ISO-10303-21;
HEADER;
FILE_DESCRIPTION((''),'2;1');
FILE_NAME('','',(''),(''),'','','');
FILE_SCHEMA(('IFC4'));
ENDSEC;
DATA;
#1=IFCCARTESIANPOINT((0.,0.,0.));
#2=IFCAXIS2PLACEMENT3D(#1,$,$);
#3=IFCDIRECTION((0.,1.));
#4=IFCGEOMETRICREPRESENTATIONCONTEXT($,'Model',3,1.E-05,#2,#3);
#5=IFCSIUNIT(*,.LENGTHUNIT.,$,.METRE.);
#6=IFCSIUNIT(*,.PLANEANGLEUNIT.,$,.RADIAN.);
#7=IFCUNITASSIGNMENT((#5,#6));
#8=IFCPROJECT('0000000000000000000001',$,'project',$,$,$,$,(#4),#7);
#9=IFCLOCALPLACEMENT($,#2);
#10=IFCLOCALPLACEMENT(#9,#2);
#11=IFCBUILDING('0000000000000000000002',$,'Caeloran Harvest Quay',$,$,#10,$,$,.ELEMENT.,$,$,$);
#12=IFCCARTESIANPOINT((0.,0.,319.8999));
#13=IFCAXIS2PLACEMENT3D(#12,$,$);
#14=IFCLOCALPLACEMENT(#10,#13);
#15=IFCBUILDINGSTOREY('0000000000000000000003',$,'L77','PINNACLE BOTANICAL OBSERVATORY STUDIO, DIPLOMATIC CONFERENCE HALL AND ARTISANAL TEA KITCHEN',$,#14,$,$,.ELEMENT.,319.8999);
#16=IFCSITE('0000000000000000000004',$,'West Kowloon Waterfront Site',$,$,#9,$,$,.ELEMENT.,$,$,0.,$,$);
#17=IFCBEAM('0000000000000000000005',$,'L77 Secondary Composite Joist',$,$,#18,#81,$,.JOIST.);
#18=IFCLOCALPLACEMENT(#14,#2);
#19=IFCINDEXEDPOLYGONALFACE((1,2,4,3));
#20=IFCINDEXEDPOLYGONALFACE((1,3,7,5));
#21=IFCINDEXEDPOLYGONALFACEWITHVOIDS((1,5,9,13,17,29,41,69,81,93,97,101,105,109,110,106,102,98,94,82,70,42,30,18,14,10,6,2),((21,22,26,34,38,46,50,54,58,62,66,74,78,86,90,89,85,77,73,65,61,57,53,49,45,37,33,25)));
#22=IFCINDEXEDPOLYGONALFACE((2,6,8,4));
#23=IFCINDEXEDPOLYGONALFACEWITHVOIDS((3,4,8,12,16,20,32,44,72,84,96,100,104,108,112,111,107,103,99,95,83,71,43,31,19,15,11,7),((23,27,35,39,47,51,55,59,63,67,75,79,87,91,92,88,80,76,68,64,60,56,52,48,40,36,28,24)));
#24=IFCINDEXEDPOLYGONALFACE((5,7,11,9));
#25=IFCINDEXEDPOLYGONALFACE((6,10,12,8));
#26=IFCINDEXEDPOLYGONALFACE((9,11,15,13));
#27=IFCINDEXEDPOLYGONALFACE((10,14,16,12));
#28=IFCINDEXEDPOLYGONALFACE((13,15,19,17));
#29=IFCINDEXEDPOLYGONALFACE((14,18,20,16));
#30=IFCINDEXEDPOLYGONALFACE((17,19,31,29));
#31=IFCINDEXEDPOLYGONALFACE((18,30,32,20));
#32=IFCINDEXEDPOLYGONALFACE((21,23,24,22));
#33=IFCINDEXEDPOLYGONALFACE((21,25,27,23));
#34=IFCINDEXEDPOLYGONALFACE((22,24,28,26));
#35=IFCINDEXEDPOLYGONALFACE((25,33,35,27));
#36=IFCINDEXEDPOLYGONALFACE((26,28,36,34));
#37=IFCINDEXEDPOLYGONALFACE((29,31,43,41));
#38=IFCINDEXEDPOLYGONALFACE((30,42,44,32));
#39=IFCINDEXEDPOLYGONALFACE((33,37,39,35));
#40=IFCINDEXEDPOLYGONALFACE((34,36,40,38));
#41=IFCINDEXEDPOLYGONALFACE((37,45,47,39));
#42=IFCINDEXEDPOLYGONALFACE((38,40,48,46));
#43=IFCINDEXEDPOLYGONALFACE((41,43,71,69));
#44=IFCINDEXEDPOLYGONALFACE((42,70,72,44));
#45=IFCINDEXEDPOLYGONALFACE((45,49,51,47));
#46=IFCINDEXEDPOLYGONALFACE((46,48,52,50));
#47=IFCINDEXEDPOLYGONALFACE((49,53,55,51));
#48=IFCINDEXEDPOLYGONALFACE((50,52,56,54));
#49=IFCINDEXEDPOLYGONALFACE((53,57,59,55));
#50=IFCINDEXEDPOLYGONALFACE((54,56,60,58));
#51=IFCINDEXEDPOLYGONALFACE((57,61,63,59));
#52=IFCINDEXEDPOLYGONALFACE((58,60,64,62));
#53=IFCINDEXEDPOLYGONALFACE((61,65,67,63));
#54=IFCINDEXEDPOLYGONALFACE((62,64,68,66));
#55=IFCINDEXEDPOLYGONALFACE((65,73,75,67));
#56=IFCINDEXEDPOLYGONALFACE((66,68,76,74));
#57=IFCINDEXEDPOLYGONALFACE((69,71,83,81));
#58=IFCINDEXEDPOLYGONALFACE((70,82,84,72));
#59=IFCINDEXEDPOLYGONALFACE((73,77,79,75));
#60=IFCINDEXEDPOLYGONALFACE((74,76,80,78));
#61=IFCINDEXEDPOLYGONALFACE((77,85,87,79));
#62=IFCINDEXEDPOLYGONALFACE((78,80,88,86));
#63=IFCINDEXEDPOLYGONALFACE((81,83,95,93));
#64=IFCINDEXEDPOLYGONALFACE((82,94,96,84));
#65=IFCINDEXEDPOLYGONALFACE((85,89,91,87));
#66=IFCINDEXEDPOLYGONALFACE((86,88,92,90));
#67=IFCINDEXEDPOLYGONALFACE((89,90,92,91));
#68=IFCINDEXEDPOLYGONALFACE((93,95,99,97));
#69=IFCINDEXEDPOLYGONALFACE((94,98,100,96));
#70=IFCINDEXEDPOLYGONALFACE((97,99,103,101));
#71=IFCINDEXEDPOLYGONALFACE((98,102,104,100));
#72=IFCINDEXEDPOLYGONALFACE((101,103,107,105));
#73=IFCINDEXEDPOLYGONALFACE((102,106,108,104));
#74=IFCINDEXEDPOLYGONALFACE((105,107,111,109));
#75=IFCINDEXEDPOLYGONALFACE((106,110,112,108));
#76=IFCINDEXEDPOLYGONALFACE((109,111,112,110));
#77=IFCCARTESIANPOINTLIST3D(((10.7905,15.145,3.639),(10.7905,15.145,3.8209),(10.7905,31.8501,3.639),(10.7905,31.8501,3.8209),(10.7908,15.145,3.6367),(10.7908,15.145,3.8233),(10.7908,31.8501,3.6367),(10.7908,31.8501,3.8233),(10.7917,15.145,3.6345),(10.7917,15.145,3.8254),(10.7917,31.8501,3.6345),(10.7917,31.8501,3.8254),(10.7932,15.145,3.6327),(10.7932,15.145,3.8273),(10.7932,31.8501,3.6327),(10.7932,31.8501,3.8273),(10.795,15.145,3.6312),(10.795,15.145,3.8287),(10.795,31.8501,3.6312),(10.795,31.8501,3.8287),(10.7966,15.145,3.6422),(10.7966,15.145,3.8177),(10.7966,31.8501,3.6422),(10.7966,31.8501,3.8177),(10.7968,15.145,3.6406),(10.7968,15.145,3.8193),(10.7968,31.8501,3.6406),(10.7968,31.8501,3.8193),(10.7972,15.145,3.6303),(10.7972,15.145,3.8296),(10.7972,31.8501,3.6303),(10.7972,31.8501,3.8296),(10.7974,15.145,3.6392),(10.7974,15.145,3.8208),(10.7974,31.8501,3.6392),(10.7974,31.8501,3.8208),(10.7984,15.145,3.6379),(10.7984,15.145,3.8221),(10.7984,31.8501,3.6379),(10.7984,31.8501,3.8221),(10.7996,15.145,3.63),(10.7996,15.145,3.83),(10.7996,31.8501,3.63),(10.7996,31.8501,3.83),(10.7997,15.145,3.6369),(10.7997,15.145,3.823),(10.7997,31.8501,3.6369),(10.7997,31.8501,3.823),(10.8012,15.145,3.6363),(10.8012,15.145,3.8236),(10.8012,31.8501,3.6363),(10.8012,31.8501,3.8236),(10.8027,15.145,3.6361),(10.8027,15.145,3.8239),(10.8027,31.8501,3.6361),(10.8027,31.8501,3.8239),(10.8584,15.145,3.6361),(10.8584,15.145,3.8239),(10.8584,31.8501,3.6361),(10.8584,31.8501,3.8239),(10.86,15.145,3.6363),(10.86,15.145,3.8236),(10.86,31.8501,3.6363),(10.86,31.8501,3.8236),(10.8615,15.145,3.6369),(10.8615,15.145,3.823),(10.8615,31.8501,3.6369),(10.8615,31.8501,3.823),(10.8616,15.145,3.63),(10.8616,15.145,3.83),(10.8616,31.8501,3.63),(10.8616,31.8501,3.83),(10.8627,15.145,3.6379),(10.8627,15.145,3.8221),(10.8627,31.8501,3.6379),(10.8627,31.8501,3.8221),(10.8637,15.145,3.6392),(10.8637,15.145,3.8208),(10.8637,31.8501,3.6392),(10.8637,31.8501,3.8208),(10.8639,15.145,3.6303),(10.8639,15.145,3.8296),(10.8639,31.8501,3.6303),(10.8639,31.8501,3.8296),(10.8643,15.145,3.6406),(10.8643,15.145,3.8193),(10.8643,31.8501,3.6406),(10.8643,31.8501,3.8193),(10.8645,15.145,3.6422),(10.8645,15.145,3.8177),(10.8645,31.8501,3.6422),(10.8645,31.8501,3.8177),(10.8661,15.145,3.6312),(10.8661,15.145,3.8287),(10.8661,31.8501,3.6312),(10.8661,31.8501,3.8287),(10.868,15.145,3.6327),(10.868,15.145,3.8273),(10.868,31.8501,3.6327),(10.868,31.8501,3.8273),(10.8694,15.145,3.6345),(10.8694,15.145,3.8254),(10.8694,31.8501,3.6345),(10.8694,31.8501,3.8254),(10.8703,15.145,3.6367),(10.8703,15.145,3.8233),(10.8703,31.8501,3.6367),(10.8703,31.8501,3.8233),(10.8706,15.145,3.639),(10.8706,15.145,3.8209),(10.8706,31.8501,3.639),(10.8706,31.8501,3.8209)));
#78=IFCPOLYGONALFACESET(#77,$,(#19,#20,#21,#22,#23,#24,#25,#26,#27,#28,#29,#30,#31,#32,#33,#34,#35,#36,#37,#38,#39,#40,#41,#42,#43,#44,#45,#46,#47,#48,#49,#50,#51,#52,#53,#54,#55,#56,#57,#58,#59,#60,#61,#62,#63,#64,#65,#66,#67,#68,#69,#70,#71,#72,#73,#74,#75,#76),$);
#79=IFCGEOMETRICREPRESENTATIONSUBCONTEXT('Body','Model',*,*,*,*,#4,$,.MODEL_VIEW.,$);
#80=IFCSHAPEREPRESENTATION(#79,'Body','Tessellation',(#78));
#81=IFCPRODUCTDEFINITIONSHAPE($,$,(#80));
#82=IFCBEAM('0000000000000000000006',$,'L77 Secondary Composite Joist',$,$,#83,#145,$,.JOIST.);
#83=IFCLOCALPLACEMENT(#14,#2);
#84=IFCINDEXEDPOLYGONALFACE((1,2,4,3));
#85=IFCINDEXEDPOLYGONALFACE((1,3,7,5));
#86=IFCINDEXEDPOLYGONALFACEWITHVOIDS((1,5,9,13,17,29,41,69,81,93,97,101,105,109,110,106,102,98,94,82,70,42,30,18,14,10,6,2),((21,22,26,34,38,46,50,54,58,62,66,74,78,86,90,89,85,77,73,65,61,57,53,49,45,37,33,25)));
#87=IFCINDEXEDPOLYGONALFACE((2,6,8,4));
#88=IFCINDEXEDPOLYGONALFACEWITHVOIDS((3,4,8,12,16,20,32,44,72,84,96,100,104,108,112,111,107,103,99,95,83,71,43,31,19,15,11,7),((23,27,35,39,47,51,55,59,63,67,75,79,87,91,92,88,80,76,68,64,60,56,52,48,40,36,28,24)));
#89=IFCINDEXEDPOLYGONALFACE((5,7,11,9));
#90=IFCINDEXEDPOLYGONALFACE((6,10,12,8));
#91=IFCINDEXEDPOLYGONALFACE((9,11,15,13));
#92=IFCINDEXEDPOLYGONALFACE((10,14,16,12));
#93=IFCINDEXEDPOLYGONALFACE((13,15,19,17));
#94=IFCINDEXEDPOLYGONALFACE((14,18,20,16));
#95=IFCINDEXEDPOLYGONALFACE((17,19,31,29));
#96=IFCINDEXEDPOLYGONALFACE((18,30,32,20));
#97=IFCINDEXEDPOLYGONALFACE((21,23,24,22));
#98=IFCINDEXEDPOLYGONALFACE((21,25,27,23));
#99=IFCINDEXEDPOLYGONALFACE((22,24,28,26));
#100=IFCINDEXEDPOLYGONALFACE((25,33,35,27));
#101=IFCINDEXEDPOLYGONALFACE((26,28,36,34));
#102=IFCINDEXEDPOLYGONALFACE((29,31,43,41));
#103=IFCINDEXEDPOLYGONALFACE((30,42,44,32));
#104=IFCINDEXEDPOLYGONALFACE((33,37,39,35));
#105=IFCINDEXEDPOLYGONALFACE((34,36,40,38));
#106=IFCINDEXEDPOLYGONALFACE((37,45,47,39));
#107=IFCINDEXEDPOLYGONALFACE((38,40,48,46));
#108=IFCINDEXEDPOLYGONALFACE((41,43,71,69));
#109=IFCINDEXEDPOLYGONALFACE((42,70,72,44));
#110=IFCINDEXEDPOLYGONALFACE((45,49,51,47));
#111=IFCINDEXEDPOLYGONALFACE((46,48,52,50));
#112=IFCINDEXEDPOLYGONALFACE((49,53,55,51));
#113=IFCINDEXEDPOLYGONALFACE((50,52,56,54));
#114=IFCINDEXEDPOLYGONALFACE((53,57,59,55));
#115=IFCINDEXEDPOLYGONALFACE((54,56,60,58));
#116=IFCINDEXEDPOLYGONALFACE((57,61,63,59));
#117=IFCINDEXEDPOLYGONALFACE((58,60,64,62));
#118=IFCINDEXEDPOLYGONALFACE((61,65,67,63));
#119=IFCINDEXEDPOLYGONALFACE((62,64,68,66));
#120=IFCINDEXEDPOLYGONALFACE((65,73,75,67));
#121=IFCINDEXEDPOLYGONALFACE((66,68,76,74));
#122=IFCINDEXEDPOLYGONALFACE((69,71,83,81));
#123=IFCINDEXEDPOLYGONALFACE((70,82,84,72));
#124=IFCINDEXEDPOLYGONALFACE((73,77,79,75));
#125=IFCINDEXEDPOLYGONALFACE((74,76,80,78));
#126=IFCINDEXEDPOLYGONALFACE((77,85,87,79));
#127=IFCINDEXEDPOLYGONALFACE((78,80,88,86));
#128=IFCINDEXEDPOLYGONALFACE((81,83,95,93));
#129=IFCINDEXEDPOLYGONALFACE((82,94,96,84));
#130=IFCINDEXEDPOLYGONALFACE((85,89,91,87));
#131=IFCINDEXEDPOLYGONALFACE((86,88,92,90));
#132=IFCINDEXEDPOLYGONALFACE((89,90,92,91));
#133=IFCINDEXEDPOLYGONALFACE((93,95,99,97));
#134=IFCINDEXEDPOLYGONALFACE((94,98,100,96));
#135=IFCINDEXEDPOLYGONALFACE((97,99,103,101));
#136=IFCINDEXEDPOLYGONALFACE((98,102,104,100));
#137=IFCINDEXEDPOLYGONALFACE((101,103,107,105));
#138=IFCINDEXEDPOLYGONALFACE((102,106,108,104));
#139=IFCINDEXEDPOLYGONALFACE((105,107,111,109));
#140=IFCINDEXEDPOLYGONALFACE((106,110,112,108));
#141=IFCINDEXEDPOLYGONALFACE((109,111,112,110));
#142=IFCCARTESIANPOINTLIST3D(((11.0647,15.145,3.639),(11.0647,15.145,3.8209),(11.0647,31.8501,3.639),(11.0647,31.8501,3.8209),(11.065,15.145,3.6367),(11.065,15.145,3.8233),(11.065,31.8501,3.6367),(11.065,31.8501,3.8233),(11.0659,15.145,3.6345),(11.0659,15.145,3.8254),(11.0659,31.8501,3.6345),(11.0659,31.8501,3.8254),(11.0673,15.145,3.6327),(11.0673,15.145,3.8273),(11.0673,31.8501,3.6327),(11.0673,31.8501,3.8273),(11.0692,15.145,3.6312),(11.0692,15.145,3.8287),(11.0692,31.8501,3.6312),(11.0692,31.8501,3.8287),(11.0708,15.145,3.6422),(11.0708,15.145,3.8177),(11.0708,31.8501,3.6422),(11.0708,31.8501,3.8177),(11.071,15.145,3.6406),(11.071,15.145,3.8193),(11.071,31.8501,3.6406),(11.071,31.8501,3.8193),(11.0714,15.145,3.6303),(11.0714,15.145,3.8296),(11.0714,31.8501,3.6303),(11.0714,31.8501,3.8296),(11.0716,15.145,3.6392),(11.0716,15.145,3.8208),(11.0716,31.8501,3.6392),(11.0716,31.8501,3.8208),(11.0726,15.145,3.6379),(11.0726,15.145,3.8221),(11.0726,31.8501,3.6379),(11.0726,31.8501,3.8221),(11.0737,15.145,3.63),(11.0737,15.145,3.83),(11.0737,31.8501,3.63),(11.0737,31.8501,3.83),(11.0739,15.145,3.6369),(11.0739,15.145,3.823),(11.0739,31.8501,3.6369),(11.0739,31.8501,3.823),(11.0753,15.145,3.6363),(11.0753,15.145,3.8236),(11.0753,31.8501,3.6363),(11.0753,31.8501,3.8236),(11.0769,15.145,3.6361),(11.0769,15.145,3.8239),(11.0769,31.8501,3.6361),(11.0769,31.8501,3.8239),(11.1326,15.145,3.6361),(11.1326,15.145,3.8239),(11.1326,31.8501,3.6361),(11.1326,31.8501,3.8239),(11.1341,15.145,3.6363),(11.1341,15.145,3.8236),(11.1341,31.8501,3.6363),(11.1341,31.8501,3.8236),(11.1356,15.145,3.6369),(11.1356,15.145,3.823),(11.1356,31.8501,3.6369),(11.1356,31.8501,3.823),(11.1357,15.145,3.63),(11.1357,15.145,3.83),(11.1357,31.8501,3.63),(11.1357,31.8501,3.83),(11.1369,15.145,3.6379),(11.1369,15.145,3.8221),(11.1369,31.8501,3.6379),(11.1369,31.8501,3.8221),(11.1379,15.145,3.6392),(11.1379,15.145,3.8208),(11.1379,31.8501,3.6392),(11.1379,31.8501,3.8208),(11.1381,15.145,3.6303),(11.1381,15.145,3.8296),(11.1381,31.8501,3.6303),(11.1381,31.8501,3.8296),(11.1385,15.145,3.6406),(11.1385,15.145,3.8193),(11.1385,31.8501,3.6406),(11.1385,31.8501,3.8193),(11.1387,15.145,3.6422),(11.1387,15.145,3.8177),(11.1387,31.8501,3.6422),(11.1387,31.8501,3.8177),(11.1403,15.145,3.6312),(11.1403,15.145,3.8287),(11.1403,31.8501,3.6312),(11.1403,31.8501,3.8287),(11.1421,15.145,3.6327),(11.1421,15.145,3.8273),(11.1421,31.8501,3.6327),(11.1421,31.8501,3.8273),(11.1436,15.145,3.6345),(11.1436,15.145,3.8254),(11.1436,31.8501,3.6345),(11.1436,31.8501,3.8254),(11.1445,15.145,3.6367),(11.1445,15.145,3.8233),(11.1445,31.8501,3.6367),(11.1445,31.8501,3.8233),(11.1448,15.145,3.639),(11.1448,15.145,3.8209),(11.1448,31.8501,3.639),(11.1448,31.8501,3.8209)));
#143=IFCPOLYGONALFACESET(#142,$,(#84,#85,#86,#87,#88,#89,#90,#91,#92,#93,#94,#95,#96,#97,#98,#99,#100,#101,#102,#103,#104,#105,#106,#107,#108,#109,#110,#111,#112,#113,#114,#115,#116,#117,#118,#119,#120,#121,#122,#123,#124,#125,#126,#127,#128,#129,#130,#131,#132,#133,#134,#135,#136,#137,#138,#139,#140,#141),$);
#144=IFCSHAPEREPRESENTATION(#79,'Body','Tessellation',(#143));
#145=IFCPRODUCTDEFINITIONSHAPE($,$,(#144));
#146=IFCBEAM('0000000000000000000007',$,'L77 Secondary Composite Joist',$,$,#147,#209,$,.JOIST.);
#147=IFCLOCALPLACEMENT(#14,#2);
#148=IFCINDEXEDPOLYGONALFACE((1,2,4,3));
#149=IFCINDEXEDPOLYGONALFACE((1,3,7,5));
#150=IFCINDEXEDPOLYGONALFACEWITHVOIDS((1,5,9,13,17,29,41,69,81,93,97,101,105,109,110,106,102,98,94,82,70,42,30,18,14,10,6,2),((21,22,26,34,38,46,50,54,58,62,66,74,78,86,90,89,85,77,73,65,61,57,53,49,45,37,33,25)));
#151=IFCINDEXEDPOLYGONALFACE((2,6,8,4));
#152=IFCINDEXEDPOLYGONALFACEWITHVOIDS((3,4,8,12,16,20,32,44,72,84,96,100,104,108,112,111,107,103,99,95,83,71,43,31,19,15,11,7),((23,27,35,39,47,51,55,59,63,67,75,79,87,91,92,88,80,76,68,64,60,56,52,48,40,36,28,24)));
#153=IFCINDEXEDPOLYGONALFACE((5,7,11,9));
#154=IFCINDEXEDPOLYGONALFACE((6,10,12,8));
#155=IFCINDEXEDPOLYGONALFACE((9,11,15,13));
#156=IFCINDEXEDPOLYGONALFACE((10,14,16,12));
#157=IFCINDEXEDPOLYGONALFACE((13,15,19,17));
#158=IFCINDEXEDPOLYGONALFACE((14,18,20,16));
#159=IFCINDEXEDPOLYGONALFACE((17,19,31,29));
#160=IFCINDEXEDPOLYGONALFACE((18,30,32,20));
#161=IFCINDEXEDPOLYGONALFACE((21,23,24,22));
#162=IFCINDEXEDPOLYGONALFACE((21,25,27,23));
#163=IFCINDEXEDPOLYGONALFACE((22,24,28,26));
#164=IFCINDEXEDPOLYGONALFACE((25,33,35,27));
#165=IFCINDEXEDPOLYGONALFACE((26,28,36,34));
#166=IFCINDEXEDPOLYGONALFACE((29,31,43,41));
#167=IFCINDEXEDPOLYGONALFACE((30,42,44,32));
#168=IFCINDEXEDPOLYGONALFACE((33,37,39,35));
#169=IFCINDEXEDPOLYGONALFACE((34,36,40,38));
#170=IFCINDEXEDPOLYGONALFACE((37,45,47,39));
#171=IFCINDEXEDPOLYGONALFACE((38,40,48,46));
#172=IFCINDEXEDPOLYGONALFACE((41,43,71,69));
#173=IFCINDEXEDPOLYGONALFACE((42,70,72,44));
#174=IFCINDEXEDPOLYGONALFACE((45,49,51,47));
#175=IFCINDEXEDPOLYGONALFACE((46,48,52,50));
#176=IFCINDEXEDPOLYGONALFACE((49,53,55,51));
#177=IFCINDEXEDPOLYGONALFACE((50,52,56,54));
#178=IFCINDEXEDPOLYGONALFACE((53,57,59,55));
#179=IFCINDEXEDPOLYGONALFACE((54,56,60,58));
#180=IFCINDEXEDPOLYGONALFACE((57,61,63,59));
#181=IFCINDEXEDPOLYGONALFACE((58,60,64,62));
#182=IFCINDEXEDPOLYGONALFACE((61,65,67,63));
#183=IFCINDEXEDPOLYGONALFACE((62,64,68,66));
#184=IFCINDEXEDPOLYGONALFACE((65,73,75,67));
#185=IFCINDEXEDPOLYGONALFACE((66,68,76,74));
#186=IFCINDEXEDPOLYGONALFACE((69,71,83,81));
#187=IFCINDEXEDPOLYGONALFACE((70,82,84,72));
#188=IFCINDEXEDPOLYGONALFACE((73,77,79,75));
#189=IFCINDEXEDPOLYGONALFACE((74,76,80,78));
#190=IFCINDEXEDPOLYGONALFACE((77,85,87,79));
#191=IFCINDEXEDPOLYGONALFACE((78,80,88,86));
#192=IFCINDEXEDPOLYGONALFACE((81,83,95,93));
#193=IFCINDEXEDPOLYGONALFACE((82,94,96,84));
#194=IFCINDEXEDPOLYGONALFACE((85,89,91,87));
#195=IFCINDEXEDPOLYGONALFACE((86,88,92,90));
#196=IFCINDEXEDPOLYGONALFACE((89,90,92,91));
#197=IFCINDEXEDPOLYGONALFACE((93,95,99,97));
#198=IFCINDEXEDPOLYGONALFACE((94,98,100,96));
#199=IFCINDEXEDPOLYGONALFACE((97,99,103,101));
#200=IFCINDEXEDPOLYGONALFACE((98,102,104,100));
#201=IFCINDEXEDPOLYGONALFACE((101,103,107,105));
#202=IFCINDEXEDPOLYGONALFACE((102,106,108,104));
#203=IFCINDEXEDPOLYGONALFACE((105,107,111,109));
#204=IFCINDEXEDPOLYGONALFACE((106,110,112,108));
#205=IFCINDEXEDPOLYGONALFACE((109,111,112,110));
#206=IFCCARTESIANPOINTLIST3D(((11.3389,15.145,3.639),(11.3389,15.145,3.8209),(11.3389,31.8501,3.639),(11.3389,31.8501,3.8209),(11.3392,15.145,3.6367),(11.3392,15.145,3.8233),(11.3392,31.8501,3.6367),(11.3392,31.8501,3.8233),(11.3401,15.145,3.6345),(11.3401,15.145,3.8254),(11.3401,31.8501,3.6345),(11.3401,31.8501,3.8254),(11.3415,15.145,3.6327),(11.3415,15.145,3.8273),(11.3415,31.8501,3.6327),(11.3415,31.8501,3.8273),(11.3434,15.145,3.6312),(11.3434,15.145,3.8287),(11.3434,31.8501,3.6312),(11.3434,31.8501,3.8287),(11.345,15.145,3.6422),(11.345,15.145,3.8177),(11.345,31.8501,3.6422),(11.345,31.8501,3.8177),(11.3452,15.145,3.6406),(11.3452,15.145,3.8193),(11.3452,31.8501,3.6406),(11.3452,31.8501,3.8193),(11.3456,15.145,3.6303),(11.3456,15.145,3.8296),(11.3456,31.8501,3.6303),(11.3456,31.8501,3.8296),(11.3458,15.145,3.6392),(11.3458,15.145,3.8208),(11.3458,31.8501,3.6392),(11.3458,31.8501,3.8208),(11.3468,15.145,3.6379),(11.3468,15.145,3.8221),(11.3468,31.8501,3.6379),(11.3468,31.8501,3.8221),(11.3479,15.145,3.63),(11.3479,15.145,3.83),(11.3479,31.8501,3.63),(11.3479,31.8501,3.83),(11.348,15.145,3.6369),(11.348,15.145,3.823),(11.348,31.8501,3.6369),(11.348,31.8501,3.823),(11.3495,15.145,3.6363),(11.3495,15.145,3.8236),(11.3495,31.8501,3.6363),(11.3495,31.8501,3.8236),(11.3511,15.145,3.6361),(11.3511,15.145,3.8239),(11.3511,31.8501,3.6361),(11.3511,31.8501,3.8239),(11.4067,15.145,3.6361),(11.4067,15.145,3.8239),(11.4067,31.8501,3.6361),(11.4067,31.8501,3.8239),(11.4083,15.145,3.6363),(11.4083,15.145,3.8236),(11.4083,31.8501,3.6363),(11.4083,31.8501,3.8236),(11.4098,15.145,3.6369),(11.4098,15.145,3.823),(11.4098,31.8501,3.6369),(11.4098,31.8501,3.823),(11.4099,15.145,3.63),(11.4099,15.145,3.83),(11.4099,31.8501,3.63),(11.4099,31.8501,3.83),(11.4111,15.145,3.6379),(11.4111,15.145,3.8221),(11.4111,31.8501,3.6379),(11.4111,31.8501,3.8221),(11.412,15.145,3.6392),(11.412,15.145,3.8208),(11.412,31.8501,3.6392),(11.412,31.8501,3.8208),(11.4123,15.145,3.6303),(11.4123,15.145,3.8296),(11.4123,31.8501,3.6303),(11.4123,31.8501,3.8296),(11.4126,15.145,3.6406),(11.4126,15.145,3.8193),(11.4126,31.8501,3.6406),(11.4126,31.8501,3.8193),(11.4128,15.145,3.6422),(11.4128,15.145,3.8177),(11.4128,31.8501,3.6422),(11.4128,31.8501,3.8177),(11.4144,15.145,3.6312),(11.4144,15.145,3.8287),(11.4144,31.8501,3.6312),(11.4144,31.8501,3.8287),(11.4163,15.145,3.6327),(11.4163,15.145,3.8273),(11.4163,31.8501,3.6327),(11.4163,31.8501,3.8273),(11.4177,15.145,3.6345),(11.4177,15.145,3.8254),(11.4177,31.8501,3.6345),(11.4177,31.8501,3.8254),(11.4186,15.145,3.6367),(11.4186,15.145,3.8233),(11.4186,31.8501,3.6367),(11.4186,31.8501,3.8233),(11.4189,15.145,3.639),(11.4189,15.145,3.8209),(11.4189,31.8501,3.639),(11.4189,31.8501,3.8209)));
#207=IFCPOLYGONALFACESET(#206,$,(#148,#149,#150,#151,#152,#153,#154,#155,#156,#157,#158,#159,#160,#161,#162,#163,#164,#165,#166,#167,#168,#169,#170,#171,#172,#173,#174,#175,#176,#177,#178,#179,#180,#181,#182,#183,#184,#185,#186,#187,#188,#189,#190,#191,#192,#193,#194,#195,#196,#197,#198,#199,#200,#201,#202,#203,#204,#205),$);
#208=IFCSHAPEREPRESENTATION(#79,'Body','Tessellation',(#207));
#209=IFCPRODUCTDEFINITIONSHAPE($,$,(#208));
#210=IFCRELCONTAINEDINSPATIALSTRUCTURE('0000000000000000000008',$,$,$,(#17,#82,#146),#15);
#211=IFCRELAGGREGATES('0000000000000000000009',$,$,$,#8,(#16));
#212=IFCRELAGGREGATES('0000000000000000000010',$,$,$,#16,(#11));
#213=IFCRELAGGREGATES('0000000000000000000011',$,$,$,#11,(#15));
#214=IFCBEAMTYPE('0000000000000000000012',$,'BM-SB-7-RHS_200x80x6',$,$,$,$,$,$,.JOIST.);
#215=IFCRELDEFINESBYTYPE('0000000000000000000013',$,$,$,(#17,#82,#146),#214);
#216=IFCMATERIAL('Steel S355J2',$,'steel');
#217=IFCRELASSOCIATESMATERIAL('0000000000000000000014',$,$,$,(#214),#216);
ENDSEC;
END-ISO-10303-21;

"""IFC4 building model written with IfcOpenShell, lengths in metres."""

from ifc_helpers import new_model, si_unit, direction, frame, origin, origin_2d, place, context, subcontext, project, spatial, hollow_rectangle, extrude, material, material_profile, profile_set, type_object, element, save


model = new_model("IFC4")

# Units and contexts
model_context = context("Model", 3, precision=1e-05, world=origin(), true_north=direction((0.0, 1.0)))
body_context = subcontext(model_context, "Body", "Model", "MODEL_VIEW")
ifc_project = project(units=[si_unit("LENGTHUNIT", "METRE"), si_unit("PLANEANGLEUNIT", "RADIAN")], contexts=[model_context])

# Site, building, storey
site_placement = place(None, origin())
site = spatial("IfcSite", under=ifc_project, at=site_placement, Name="West Kowloon Waterfront Site", CompositionType="ELEMENT", RefElevation=0.0)
building_placement = place(site_placement, origin())
building = spatial("IfcBuilding", under=site, at=building_placement, Name="Caeloran Harvest Quay", CompositionType="ELEMENT")
storey_placement = place(building_placement, frame((0.0, 0.0, 319.8999)))
storey = spatial("IfcBuildingStorey", under=building, at=storey_placement, Name="L77", Description="PINNACLE BOTANICAL OBSERVATORY STUDIO, DIPLOMATIC CONFERENCE HALL AND ARTISANAL TEA KITCHEN", CompositionType="ELEMENT", Elevation=319.8999)

# Beams
ifc_material_1 = material(Name="Steel S355J2", Category="steel")
ifc_material_profile_1 = material_profile(ifc_material_1, hollow_rectangle(XDim=0.0801, YDim=0.2, WallThickness=0.0061, InnerFilletRadius=0.0061, OuterFilletRadius=0.009, at=origin_2d()), Name="RHS 200x80x6")
ifc_profile_set_1 = profile_set([ifc_material_profile_1], Name="Steel S355J2")
beam_type_1 = type_object("IfcBeamType", Name="BM-SB-7-RHS_200x80x6", PredefinedType="JOIST", material=ifc_profile_set_1)
for number, where, z_axis, x_axis, name in (
    (1, (10.8306, 15.145, 3.73), (0.0, 1.0, 0.0), (-1.0, 0.0, 0.0), "L77 Secondary Composite Joist"),
    (2, (11.1047, 15.145, 3.73), (0.0, 1.0, 0.0), (-1.0, 0.0, 0.0), "L77 Secondary Composite Joist"),
    (3, (11.3789, 15.145, 3.73), (0.0, 1.0, 0.0), (-1.0, 0.0, 0.0), "L77 Secondary Composite Joist"),
):
    element("IfcBeam", number, at=place(storey_placement, frame(where, z_axis=z_axis, x_axis=x_axis)), inside=storey, type_object=beam_type_1, Name=name, PredefinedType="JOIST", context=body_context, shape_type="SweptSolid", body=[
        extrude(hollow_rectangle(XDim=0.0801, YDim=0.2, WallThickness=0.0061, InnerFilletRadius=0.0061, OuterFilletRadius=0.009, at=origin_2d()), origin(), (0.0, 0.0, 1.0), 16.7051),
    ])

save(model, "model.ifc")
